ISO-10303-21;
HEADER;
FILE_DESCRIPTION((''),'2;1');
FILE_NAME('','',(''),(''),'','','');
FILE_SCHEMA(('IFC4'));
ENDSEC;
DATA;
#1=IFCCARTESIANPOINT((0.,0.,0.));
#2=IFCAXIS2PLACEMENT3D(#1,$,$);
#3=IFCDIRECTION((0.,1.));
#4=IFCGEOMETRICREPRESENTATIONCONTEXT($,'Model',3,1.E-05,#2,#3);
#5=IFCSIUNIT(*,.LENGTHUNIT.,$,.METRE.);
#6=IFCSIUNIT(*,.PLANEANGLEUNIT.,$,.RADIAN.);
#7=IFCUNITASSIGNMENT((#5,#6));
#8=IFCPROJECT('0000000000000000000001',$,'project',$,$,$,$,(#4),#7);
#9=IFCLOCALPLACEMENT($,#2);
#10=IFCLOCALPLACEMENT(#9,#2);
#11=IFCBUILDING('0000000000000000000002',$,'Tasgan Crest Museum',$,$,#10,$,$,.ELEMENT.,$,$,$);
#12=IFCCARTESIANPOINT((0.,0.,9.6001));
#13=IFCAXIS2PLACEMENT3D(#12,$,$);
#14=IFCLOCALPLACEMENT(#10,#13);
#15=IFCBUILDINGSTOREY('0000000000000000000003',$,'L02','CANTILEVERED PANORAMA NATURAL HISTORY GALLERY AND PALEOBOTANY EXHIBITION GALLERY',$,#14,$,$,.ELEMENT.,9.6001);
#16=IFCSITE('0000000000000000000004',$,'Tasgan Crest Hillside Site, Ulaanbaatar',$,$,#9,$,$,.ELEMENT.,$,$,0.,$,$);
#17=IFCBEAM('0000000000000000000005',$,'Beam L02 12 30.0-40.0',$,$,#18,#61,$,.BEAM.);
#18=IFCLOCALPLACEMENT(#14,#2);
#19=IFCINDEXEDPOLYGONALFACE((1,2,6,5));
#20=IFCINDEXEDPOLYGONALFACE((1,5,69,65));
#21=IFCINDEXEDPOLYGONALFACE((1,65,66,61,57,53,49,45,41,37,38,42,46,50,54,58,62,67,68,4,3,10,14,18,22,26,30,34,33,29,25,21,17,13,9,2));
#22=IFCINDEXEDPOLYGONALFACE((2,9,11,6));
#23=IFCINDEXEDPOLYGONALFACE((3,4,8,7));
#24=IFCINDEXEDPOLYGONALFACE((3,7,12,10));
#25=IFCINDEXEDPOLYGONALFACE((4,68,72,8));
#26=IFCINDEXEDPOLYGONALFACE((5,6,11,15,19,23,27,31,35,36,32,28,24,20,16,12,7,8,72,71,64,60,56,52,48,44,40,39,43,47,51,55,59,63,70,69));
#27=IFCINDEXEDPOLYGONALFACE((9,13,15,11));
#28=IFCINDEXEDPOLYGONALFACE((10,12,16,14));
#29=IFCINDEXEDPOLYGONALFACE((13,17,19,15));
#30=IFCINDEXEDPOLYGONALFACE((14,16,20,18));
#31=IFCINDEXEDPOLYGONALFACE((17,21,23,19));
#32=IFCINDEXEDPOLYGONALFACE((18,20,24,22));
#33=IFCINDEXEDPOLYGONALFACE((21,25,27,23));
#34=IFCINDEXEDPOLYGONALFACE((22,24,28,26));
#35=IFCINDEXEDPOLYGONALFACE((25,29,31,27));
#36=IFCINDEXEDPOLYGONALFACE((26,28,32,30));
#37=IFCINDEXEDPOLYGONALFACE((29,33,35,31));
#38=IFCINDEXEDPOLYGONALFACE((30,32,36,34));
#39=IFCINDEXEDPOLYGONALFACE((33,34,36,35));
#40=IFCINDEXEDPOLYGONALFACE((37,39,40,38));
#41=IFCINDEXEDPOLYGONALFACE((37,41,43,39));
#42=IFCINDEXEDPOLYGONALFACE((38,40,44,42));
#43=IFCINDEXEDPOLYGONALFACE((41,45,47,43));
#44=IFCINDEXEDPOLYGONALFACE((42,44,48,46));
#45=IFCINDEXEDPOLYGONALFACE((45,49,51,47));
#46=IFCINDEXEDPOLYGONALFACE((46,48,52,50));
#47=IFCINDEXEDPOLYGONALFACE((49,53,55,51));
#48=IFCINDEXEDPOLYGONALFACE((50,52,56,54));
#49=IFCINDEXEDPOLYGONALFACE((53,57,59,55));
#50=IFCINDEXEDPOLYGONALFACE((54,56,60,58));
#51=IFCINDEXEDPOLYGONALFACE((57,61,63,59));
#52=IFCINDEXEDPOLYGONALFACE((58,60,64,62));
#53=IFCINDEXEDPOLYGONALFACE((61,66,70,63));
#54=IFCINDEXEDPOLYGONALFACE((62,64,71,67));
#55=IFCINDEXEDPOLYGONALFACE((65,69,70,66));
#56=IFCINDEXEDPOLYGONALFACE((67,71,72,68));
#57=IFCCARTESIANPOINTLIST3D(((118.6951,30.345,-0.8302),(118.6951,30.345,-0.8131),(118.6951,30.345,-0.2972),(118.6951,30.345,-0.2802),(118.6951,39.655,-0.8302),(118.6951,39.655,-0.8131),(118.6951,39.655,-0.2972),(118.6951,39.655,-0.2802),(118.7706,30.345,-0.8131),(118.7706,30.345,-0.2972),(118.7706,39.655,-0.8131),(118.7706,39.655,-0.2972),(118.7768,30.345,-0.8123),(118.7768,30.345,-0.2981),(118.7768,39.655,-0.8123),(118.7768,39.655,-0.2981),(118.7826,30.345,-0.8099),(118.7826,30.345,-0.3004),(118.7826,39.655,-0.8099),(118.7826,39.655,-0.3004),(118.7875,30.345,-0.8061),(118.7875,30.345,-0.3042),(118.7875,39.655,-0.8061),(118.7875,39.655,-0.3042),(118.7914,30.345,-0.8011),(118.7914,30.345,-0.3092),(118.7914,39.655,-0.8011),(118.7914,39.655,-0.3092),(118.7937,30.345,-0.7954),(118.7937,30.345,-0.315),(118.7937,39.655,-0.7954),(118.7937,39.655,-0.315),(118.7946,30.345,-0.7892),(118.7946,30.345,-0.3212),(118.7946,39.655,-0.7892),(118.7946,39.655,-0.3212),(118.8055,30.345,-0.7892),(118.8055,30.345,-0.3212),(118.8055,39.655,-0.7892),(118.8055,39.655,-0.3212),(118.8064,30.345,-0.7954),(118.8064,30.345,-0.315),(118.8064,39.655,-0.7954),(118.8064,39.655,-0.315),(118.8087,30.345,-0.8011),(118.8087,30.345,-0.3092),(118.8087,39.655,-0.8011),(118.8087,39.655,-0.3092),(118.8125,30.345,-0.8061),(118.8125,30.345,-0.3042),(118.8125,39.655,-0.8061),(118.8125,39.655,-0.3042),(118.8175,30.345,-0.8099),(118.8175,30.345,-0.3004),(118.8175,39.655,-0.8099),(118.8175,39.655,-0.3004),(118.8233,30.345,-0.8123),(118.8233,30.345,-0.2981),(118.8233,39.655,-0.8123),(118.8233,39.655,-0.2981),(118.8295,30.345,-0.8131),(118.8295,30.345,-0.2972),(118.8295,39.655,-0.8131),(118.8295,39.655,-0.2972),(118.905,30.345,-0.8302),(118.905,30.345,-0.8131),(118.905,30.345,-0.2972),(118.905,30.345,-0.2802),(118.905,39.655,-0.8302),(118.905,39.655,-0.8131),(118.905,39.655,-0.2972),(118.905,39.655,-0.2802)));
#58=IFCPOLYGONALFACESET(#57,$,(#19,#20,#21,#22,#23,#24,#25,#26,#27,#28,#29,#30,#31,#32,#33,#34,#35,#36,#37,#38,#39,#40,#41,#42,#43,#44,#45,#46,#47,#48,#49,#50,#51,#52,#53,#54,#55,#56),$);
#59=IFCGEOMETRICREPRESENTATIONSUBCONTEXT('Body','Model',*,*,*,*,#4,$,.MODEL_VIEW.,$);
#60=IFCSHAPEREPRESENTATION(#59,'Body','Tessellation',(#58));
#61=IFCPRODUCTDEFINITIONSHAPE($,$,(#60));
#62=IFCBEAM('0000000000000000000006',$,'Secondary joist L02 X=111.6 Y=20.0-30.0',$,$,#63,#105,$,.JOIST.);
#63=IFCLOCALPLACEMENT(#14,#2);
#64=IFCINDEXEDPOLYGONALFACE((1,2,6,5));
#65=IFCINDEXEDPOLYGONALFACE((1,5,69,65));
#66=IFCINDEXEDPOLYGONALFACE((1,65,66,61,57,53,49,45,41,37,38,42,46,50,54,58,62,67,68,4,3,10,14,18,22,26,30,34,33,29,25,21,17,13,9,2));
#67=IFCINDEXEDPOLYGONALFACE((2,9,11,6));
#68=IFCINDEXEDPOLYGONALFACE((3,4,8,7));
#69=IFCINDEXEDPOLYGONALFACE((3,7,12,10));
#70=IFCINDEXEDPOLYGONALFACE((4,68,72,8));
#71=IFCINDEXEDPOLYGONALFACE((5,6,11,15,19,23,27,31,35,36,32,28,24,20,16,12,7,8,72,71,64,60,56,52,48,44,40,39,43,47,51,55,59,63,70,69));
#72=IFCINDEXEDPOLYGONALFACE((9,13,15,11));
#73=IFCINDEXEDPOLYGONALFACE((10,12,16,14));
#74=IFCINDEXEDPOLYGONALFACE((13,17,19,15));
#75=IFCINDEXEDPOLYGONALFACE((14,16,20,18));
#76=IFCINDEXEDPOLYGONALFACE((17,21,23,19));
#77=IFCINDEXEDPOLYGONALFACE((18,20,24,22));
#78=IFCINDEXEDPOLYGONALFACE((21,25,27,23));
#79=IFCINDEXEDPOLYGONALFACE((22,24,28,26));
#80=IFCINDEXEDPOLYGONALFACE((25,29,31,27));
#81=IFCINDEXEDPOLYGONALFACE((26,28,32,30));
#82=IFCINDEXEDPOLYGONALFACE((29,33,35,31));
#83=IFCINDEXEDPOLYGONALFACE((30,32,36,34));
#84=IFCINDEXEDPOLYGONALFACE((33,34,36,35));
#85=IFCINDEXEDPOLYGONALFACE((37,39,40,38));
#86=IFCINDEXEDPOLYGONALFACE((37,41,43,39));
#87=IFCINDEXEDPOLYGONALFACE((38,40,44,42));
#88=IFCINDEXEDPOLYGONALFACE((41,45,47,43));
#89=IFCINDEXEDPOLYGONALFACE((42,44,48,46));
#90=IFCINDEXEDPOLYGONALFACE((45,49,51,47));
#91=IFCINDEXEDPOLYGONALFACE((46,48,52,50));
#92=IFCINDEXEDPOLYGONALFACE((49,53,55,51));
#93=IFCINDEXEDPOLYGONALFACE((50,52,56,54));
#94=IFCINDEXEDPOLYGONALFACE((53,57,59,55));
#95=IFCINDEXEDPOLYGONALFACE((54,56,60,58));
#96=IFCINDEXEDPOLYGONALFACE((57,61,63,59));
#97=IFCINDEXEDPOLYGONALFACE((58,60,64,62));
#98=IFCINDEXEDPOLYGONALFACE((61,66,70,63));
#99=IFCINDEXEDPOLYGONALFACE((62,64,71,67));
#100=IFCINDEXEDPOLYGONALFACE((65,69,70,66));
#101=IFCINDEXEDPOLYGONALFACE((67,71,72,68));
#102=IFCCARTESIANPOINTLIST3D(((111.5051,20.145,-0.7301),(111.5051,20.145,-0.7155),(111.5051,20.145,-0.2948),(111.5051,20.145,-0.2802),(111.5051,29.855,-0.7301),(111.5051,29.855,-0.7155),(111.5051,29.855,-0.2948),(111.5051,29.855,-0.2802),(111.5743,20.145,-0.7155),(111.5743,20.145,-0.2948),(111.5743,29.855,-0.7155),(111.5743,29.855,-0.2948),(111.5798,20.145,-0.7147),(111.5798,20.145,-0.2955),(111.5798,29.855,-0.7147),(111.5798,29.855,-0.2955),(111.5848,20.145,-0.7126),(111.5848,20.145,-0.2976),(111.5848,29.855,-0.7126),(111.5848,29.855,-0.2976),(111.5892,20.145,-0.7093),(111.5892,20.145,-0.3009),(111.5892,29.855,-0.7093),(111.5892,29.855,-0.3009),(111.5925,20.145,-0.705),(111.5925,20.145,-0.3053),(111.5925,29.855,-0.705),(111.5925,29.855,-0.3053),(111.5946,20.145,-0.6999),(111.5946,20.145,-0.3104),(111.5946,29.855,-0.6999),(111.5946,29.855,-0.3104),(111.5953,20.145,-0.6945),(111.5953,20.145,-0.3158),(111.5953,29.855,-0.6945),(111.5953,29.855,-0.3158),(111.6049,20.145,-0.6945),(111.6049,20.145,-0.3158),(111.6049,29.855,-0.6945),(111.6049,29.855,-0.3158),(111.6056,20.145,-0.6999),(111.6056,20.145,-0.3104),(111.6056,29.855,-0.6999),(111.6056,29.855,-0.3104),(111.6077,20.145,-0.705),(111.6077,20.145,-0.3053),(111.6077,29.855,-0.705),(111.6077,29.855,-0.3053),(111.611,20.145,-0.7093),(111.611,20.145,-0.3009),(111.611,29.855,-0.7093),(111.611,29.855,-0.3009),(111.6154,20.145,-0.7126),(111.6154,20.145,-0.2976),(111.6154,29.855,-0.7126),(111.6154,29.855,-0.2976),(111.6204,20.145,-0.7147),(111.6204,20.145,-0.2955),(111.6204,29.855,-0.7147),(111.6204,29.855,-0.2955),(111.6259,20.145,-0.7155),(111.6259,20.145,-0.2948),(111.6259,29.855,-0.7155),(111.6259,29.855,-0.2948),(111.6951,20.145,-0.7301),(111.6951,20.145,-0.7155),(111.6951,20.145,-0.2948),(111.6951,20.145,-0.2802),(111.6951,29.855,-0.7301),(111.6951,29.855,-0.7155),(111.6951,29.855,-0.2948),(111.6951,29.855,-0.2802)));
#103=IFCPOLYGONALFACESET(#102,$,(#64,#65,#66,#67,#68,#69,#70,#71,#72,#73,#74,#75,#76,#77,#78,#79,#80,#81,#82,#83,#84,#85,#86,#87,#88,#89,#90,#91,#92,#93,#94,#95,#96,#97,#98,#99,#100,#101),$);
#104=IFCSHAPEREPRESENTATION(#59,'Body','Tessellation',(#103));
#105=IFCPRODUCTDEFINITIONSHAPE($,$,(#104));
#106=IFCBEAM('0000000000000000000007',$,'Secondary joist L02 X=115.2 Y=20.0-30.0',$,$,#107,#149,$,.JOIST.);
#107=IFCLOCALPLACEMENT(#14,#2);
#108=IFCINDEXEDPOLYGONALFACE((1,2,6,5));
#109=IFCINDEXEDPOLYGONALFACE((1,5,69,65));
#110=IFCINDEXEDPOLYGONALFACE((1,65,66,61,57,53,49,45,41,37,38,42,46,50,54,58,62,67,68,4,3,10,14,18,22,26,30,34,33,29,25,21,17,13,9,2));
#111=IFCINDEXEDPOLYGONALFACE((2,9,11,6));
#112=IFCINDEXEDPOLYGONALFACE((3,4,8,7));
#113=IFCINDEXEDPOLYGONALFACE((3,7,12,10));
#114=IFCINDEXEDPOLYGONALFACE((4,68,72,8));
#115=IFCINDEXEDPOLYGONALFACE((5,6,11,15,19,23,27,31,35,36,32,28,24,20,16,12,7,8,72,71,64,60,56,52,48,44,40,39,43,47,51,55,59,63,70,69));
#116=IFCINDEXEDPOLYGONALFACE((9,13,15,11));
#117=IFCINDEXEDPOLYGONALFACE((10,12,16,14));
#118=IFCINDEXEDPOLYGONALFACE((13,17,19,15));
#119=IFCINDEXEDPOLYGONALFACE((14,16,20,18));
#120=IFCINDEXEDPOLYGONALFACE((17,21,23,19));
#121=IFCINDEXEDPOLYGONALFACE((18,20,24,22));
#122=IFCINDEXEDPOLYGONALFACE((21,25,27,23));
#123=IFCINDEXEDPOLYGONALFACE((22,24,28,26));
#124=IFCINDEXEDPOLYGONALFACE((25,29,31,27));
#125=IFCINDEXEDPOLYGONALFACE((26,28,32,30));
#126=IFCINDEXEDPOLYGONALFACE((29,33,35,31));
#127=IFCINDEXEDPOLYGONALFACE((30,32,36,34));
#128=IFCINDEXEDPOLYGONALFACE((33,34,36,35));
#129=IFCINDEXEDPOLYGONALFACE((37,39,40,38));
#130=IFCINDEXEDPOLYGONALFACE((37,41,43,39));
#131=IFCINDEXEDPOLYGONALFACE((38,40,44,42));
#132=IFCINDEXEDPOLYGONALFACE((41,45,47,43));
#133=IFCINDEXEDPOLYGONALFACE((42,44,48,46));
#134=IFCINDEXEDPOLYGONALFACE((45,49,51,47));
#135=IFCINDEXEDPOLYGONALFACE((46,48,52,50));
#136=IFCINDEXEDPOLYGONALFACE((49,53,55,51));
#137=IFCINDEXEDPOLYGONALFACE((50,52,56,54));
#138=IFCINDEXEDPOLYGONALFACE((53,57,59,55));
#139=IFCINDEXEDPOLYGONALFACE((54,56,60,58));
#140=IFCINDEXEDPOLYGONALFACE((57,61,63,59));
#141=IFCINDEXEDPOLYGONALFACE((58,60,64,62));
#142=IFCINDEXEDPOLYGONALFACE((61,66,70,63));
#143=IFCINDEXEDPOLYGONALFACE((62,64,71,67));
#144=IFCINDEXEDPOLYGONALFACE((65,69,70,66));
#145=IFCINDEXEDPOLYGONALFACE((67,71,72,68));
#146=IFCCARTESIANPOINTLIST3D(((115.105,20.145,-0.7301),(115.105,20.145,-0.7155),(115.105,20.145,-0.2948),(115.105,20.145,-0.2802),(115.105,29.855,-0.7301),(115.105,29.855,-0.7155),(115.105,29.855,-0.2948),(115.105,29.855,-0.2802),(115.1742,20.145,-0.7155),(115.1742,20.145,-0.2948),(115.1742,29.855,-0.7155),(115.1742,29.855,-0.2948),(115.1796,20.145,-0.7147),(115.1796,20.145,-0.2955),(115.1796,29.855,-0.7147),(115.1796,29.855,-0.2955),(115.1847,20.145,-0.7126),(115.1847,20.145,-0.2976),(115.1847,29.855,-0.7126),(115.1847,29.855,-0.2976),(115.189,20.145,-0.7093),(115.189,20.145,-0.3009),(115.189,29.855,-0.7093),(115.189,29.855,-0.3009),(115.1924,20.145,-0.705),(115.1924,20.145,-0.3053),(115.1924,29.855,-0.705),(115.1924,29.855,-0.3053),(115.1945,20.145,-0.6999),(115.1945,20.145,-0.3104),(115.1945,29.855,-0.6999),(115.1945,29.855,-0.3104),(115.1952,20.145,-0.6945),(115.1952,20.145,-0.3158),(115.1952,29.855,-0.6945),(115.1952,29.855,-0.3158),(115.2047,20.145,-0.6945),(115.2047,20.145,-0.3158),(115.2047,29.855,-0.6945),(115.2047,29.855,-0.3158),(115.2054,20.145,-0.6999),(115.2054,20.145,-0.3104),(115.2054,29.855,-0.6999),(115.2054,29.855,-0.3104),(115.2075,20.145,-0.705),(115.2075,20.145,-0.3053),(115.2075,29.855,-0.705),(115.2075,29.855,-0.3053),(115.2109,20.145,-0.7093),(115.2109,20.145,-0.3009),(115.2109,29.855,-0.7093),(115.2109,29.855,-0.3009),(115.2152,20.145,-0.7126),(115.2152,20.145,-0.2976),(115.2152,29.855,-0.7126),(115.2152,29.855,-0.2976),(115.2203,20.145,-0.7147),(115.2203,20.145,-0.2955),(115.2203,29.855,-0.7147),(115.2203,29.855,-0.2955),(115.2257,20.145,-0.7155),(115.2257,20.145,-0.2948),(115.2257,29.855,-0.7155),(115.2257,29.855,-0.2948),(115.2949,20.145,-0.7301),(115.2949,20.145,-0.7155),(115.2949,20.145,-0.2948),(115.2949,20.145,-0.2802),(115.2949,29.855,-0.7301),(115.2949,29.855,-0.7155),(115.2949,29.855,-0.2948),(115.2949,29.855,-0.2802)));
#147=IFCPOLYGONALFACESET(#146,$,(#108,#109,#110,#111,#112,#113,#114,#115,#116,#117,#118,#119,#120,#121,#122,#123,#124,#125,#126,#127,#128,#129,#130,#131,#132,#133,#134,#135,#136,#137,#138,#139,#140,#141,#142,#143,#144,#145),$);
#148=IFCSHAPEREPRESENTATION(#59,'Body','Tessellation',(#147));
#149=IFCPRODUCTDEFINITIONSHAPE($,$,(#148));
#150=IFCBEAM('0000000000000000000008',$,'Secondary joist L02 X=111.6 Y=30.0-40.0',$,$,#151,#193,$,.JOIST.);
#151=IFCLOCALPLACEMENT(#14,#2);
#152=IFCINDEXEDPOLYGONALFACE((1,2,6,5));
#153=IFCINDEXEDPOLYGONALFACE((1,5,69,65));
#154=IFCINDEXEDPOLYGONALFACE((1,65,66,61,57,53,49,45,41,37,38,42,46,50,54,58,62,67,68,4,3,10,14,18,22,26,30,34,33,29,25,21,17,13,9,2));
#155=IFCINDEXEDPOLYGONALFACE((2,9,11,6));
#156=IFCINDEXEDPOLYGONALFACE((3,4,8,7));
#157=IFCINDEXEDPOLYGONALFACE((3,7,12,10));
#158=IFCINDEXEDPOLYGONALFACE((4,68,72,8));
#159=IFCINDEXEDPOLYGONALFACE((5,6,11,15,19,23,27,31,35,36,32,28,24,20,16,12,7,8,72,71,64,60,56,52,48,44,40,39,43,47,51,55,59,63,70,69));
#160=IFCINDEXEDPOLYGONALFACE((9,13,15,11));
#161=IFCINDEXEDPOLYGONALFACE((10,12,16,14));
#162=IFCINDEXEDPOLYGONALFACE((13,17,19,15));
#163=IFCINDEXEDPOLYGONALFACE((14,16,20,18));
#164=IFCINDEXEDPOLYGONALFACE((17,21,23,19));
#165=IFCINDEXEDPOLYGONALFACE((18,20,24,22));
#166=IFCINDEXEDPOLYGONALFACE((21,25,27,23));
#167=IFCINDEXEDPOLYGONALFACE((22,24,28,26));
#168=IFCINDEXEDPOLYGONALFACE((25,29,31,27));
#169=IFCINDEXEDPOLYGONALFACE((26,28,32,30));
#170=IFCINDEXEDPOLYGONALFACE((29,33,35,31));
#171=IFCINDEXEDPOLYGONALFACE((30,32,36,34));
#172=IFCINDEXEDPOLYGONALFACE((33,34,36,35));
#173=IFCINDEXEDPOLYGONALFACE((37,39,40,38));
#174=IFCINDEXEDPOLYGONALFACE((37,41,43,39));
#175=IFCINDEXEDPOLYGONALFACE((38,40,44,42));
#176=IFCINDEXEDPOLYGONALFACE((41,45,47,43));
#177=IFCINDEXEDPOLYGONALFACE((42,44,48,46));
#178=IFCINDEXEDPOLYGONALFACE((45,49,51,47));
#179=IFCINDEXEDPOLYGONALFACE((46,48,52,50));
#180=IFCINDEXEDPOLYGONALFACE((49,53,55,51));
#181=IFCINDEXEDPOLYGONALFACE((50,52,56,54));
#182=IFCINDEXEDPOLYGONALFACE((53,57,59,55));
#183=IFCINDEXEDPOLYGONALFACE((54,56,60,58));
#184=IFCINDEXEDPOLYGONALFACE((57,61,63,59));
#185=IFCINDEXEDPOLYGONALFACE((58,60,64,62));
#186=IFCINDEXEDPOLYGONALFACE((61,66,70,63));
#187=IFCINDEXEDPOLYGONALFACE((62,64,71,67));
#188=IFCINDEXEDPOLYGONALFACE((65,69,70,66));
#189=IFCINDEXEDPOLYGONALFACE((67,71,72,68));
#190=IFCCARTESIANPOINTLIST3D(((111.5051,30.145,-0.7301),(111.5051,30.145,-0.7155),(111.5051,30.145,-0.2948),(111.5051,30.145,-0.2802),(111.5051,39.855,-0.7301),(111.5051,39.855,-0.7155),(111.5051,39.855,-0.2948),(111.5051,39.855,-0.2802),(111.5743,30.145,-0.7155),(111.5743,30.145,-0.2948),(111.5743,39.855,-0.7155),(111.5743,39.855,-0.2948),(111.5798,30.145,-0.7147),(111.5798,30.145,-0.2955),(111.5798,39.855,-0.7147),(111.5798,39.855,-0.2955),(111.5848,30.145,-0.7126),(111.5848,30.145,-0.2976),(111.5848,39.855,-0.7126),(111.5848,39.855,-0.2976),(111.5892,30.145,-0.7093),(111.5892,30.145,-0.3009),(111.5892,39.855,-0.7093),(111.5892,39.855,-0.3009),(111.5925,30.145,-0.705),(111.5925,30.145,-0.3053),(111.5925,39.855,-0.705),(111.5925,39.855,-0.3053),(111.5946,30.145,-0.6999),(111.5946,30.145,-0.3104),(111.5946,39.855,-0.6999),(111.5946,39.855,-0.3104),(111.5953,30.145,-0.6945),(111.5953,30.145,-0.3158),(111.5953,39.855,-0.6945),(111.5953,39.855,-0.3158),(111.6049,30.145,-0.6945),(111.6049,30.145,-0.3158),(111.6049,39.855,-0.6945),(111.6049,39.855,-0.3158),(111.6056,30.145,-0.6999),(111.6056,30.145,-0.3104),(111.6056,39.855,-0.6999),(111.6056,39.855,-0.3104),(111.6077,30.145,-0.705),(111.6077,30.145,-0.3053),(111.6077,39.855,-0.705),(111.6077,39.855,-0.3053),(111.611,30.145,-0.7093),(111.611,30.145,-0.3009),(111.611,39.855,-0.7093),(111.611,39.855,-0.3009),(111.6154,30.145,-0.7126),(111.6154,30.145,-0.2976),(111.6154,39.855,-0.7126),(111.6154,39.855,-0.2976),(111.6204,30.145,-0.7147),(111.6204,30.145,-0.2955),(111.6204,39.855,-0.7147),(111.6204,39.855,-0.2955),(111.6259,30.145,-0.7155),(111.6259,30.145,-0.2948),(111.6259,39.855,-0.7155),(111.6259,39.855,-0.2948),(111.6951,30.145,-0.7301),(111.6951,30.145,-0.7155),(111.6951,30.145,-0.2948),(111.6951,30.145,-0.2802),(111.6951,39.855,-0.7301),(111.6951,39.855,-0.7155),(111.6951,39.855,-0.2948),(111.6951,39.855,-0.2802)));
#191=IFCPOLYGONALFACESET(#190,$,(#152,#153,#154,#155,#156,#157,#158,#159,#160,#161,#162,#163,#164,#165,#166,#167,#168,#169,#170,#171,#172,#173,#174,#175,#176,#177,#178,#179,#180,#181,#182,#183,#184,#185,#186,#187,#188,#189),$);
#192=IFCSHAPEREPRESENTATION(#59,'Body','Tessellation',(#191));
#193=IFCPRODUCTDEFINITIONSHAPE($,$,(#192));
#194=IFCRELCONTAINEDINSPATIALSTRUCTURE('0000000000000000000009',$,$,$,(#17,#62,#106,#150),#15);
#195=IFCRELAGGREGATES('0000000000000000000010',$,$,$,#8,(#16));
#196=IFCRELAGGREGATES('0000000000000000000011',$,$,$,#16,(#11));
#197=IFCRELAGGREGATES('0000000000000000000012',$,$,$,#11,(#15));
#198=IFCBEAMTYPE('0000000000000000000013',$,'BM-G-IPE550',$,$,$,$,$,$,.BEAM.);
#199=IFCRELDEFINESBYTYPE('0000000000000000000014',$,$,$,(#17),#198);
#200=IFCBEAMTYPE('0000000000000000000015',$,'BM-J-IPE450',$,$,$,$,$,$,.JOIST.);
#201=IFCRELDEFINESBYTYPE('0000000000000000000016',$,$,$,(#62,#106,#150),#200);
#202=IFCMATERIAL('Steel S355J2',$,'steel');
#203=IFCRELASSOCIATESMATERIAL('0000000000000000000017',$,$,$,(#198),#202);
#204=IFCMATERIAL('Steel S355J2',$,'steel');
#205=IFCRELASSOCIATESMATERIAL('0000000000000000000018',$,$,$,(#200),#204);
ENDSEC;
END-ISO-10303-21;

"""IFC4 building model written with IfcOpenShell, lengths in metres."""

from ifc_helpers import new_model, si_unit, direction, frame, origin, origin_2d, place, context, subcontext, project, spatial, i_section, extrude, material, material_profile, profile_set, type_object, element, save


model = new_model("IFC4")

# Units and contexts
model_context = context("Model", 3, precision=1e-05, world=origin(), true_north=direction((0.0, 1.0)))
body_context = subcontext(model_context, "Body", "Model", "MODEL_VIEW")
ifc_project = project(units=[si_unit("LENGTHUNIT", "METRE"), si_unit("PLANEANGLEUNIT", "RADIAN")], contexts=[model_context])

# Site, building, storey
site_placement = place(None, origin())
site = spatial("IfcSite", under=ifc_project, at=site_placement, Name="Tasgan Crest Hillside Site, Ulaanbaatar", CompositionType="ELEMENT", RefElevation=0.0)
building_placement = place(site_placement, origin())
building = spatial("IfcBuilding", under=site, at=building_placement, Name="Tasgan Crest Museum", CompositionType="ELEMENT")
storey_placement = place(building_placement, frame((0.0, 0.0, 9.6001)))
storey = spatial("IfcBuildingStorey", under=building, at=storey_placement, Name="L02", Description="CANTILEVERED PANORAMA NATURAL HISTORY GALLERY AND PALEOBOTANY EXHIBITION GALLERY", CompositionType="ELEMENT", Elevation=9.6001)

# Beams
ifc_material_1 = material(Name="Steel S355J2", Category="steel")
ifc_material_profile_1 = material_profile(ifc_material_1, i_section(OverallWidth=0.21, OverallDepth=0.55, WebThickness=0.011, FlangeThickness=0.0171, FilletRadius=0.0239, at=origin_2d()), Name="IPE 550")
ifc_profile_set_1 = profile_set([ifc_material_profile_1], Name="Steel S355J2")
beam_type_1 = type_object("IfcBeamType", Name="BM-G-IPE550", PredefinedType="BEAM", material=ifc_profile_set_1)
for number, where, z_axis, x_axis, name in (
    (1, (118.8, 30.345, -0.5552), (0.0, 1.0, 0.0), (-1.0, 0.0, 0.0), "Beam L02 12 30.0-40.0"),
):
    element("IfcBeam", number, at=place(storey_placement, frame(where, z_axis=z_axis, x_axis=x_axis)), inside=storey, type_object=beam_type_1, Name=name, PredefinedType="BEAM", context=body_context, shape_type="SweptSolid", body=[
        extrude(i_section(OverallWidth=0.21, OverallDepth=0.55, WebThickness=0.011, FlangeThickness=0.0171, FilletRadius=0.0239, at=origin_2d()), origin(), (0.0, 0.0, 1.0), 9.3101),
    ])
ifc_material_2 = material(Name="Steel S355J2", Category="steel")
ifc_material_profile_2 = material_profile(ifc_material_2, i_section(OverallWidth=0.1899, OverallDepth=0.45, WebThickness=0.0095, FlangeThickness=0.0146, FilletRadius=0.021, at=origin_2d()), Name="IPE 450")
ifc_profile_set_2 = profile_set([ifc_material_profile_2], Name="Steel S355J2")
beam_type_2 = type_object("IfcBeamType", Name="BM-J-IPE450", PredefinedType="JOIST", material=ifc_profile_set_2)
for number, where, z_axis, x_axis, name in (
    (2, (111.6001, 20.145, -0.5051), (0.0, 1.0, 0.0), (-1.0, 0.0, 0.0), "Secondary joist L02 X=111.6 Y=20.0-30.0"),
    (3, (115.2, 20.145, -0.5051), (0.0, 1.0, 0.0), (-1.0, 0.0, 0.0), "Secondary joist L02 X=115.2 Y=20.0-30.0"),
    (4, (111.6001, 30.145, -0.5051), (0.0, 1.0, 0.0), (-1.0, 0.0, 0.0), "Secondary joist L02 X=111.6 Y=30.0-40.0"),
):
    element("IfcBeam", number, at=place(storey_placement, frame(where, z_axis=z_axis, x_axis=x_axis)), inside=storey, type_object=beam_type_2, Name=name, PredefinedType="JOIST", context=body_context, shape_type="SweptSolid", body=[
        extrude(i_section(OverallWidth=0.1899, OverallDepth=0.45, WebThickness=0.0095, FlangeThickness=0.0146, FilletRadius=0.021, at=origin_2d()), origin(), (0.0, 0.0, 1.0), 9.71),
    ])

save(model, "model.ifc")
